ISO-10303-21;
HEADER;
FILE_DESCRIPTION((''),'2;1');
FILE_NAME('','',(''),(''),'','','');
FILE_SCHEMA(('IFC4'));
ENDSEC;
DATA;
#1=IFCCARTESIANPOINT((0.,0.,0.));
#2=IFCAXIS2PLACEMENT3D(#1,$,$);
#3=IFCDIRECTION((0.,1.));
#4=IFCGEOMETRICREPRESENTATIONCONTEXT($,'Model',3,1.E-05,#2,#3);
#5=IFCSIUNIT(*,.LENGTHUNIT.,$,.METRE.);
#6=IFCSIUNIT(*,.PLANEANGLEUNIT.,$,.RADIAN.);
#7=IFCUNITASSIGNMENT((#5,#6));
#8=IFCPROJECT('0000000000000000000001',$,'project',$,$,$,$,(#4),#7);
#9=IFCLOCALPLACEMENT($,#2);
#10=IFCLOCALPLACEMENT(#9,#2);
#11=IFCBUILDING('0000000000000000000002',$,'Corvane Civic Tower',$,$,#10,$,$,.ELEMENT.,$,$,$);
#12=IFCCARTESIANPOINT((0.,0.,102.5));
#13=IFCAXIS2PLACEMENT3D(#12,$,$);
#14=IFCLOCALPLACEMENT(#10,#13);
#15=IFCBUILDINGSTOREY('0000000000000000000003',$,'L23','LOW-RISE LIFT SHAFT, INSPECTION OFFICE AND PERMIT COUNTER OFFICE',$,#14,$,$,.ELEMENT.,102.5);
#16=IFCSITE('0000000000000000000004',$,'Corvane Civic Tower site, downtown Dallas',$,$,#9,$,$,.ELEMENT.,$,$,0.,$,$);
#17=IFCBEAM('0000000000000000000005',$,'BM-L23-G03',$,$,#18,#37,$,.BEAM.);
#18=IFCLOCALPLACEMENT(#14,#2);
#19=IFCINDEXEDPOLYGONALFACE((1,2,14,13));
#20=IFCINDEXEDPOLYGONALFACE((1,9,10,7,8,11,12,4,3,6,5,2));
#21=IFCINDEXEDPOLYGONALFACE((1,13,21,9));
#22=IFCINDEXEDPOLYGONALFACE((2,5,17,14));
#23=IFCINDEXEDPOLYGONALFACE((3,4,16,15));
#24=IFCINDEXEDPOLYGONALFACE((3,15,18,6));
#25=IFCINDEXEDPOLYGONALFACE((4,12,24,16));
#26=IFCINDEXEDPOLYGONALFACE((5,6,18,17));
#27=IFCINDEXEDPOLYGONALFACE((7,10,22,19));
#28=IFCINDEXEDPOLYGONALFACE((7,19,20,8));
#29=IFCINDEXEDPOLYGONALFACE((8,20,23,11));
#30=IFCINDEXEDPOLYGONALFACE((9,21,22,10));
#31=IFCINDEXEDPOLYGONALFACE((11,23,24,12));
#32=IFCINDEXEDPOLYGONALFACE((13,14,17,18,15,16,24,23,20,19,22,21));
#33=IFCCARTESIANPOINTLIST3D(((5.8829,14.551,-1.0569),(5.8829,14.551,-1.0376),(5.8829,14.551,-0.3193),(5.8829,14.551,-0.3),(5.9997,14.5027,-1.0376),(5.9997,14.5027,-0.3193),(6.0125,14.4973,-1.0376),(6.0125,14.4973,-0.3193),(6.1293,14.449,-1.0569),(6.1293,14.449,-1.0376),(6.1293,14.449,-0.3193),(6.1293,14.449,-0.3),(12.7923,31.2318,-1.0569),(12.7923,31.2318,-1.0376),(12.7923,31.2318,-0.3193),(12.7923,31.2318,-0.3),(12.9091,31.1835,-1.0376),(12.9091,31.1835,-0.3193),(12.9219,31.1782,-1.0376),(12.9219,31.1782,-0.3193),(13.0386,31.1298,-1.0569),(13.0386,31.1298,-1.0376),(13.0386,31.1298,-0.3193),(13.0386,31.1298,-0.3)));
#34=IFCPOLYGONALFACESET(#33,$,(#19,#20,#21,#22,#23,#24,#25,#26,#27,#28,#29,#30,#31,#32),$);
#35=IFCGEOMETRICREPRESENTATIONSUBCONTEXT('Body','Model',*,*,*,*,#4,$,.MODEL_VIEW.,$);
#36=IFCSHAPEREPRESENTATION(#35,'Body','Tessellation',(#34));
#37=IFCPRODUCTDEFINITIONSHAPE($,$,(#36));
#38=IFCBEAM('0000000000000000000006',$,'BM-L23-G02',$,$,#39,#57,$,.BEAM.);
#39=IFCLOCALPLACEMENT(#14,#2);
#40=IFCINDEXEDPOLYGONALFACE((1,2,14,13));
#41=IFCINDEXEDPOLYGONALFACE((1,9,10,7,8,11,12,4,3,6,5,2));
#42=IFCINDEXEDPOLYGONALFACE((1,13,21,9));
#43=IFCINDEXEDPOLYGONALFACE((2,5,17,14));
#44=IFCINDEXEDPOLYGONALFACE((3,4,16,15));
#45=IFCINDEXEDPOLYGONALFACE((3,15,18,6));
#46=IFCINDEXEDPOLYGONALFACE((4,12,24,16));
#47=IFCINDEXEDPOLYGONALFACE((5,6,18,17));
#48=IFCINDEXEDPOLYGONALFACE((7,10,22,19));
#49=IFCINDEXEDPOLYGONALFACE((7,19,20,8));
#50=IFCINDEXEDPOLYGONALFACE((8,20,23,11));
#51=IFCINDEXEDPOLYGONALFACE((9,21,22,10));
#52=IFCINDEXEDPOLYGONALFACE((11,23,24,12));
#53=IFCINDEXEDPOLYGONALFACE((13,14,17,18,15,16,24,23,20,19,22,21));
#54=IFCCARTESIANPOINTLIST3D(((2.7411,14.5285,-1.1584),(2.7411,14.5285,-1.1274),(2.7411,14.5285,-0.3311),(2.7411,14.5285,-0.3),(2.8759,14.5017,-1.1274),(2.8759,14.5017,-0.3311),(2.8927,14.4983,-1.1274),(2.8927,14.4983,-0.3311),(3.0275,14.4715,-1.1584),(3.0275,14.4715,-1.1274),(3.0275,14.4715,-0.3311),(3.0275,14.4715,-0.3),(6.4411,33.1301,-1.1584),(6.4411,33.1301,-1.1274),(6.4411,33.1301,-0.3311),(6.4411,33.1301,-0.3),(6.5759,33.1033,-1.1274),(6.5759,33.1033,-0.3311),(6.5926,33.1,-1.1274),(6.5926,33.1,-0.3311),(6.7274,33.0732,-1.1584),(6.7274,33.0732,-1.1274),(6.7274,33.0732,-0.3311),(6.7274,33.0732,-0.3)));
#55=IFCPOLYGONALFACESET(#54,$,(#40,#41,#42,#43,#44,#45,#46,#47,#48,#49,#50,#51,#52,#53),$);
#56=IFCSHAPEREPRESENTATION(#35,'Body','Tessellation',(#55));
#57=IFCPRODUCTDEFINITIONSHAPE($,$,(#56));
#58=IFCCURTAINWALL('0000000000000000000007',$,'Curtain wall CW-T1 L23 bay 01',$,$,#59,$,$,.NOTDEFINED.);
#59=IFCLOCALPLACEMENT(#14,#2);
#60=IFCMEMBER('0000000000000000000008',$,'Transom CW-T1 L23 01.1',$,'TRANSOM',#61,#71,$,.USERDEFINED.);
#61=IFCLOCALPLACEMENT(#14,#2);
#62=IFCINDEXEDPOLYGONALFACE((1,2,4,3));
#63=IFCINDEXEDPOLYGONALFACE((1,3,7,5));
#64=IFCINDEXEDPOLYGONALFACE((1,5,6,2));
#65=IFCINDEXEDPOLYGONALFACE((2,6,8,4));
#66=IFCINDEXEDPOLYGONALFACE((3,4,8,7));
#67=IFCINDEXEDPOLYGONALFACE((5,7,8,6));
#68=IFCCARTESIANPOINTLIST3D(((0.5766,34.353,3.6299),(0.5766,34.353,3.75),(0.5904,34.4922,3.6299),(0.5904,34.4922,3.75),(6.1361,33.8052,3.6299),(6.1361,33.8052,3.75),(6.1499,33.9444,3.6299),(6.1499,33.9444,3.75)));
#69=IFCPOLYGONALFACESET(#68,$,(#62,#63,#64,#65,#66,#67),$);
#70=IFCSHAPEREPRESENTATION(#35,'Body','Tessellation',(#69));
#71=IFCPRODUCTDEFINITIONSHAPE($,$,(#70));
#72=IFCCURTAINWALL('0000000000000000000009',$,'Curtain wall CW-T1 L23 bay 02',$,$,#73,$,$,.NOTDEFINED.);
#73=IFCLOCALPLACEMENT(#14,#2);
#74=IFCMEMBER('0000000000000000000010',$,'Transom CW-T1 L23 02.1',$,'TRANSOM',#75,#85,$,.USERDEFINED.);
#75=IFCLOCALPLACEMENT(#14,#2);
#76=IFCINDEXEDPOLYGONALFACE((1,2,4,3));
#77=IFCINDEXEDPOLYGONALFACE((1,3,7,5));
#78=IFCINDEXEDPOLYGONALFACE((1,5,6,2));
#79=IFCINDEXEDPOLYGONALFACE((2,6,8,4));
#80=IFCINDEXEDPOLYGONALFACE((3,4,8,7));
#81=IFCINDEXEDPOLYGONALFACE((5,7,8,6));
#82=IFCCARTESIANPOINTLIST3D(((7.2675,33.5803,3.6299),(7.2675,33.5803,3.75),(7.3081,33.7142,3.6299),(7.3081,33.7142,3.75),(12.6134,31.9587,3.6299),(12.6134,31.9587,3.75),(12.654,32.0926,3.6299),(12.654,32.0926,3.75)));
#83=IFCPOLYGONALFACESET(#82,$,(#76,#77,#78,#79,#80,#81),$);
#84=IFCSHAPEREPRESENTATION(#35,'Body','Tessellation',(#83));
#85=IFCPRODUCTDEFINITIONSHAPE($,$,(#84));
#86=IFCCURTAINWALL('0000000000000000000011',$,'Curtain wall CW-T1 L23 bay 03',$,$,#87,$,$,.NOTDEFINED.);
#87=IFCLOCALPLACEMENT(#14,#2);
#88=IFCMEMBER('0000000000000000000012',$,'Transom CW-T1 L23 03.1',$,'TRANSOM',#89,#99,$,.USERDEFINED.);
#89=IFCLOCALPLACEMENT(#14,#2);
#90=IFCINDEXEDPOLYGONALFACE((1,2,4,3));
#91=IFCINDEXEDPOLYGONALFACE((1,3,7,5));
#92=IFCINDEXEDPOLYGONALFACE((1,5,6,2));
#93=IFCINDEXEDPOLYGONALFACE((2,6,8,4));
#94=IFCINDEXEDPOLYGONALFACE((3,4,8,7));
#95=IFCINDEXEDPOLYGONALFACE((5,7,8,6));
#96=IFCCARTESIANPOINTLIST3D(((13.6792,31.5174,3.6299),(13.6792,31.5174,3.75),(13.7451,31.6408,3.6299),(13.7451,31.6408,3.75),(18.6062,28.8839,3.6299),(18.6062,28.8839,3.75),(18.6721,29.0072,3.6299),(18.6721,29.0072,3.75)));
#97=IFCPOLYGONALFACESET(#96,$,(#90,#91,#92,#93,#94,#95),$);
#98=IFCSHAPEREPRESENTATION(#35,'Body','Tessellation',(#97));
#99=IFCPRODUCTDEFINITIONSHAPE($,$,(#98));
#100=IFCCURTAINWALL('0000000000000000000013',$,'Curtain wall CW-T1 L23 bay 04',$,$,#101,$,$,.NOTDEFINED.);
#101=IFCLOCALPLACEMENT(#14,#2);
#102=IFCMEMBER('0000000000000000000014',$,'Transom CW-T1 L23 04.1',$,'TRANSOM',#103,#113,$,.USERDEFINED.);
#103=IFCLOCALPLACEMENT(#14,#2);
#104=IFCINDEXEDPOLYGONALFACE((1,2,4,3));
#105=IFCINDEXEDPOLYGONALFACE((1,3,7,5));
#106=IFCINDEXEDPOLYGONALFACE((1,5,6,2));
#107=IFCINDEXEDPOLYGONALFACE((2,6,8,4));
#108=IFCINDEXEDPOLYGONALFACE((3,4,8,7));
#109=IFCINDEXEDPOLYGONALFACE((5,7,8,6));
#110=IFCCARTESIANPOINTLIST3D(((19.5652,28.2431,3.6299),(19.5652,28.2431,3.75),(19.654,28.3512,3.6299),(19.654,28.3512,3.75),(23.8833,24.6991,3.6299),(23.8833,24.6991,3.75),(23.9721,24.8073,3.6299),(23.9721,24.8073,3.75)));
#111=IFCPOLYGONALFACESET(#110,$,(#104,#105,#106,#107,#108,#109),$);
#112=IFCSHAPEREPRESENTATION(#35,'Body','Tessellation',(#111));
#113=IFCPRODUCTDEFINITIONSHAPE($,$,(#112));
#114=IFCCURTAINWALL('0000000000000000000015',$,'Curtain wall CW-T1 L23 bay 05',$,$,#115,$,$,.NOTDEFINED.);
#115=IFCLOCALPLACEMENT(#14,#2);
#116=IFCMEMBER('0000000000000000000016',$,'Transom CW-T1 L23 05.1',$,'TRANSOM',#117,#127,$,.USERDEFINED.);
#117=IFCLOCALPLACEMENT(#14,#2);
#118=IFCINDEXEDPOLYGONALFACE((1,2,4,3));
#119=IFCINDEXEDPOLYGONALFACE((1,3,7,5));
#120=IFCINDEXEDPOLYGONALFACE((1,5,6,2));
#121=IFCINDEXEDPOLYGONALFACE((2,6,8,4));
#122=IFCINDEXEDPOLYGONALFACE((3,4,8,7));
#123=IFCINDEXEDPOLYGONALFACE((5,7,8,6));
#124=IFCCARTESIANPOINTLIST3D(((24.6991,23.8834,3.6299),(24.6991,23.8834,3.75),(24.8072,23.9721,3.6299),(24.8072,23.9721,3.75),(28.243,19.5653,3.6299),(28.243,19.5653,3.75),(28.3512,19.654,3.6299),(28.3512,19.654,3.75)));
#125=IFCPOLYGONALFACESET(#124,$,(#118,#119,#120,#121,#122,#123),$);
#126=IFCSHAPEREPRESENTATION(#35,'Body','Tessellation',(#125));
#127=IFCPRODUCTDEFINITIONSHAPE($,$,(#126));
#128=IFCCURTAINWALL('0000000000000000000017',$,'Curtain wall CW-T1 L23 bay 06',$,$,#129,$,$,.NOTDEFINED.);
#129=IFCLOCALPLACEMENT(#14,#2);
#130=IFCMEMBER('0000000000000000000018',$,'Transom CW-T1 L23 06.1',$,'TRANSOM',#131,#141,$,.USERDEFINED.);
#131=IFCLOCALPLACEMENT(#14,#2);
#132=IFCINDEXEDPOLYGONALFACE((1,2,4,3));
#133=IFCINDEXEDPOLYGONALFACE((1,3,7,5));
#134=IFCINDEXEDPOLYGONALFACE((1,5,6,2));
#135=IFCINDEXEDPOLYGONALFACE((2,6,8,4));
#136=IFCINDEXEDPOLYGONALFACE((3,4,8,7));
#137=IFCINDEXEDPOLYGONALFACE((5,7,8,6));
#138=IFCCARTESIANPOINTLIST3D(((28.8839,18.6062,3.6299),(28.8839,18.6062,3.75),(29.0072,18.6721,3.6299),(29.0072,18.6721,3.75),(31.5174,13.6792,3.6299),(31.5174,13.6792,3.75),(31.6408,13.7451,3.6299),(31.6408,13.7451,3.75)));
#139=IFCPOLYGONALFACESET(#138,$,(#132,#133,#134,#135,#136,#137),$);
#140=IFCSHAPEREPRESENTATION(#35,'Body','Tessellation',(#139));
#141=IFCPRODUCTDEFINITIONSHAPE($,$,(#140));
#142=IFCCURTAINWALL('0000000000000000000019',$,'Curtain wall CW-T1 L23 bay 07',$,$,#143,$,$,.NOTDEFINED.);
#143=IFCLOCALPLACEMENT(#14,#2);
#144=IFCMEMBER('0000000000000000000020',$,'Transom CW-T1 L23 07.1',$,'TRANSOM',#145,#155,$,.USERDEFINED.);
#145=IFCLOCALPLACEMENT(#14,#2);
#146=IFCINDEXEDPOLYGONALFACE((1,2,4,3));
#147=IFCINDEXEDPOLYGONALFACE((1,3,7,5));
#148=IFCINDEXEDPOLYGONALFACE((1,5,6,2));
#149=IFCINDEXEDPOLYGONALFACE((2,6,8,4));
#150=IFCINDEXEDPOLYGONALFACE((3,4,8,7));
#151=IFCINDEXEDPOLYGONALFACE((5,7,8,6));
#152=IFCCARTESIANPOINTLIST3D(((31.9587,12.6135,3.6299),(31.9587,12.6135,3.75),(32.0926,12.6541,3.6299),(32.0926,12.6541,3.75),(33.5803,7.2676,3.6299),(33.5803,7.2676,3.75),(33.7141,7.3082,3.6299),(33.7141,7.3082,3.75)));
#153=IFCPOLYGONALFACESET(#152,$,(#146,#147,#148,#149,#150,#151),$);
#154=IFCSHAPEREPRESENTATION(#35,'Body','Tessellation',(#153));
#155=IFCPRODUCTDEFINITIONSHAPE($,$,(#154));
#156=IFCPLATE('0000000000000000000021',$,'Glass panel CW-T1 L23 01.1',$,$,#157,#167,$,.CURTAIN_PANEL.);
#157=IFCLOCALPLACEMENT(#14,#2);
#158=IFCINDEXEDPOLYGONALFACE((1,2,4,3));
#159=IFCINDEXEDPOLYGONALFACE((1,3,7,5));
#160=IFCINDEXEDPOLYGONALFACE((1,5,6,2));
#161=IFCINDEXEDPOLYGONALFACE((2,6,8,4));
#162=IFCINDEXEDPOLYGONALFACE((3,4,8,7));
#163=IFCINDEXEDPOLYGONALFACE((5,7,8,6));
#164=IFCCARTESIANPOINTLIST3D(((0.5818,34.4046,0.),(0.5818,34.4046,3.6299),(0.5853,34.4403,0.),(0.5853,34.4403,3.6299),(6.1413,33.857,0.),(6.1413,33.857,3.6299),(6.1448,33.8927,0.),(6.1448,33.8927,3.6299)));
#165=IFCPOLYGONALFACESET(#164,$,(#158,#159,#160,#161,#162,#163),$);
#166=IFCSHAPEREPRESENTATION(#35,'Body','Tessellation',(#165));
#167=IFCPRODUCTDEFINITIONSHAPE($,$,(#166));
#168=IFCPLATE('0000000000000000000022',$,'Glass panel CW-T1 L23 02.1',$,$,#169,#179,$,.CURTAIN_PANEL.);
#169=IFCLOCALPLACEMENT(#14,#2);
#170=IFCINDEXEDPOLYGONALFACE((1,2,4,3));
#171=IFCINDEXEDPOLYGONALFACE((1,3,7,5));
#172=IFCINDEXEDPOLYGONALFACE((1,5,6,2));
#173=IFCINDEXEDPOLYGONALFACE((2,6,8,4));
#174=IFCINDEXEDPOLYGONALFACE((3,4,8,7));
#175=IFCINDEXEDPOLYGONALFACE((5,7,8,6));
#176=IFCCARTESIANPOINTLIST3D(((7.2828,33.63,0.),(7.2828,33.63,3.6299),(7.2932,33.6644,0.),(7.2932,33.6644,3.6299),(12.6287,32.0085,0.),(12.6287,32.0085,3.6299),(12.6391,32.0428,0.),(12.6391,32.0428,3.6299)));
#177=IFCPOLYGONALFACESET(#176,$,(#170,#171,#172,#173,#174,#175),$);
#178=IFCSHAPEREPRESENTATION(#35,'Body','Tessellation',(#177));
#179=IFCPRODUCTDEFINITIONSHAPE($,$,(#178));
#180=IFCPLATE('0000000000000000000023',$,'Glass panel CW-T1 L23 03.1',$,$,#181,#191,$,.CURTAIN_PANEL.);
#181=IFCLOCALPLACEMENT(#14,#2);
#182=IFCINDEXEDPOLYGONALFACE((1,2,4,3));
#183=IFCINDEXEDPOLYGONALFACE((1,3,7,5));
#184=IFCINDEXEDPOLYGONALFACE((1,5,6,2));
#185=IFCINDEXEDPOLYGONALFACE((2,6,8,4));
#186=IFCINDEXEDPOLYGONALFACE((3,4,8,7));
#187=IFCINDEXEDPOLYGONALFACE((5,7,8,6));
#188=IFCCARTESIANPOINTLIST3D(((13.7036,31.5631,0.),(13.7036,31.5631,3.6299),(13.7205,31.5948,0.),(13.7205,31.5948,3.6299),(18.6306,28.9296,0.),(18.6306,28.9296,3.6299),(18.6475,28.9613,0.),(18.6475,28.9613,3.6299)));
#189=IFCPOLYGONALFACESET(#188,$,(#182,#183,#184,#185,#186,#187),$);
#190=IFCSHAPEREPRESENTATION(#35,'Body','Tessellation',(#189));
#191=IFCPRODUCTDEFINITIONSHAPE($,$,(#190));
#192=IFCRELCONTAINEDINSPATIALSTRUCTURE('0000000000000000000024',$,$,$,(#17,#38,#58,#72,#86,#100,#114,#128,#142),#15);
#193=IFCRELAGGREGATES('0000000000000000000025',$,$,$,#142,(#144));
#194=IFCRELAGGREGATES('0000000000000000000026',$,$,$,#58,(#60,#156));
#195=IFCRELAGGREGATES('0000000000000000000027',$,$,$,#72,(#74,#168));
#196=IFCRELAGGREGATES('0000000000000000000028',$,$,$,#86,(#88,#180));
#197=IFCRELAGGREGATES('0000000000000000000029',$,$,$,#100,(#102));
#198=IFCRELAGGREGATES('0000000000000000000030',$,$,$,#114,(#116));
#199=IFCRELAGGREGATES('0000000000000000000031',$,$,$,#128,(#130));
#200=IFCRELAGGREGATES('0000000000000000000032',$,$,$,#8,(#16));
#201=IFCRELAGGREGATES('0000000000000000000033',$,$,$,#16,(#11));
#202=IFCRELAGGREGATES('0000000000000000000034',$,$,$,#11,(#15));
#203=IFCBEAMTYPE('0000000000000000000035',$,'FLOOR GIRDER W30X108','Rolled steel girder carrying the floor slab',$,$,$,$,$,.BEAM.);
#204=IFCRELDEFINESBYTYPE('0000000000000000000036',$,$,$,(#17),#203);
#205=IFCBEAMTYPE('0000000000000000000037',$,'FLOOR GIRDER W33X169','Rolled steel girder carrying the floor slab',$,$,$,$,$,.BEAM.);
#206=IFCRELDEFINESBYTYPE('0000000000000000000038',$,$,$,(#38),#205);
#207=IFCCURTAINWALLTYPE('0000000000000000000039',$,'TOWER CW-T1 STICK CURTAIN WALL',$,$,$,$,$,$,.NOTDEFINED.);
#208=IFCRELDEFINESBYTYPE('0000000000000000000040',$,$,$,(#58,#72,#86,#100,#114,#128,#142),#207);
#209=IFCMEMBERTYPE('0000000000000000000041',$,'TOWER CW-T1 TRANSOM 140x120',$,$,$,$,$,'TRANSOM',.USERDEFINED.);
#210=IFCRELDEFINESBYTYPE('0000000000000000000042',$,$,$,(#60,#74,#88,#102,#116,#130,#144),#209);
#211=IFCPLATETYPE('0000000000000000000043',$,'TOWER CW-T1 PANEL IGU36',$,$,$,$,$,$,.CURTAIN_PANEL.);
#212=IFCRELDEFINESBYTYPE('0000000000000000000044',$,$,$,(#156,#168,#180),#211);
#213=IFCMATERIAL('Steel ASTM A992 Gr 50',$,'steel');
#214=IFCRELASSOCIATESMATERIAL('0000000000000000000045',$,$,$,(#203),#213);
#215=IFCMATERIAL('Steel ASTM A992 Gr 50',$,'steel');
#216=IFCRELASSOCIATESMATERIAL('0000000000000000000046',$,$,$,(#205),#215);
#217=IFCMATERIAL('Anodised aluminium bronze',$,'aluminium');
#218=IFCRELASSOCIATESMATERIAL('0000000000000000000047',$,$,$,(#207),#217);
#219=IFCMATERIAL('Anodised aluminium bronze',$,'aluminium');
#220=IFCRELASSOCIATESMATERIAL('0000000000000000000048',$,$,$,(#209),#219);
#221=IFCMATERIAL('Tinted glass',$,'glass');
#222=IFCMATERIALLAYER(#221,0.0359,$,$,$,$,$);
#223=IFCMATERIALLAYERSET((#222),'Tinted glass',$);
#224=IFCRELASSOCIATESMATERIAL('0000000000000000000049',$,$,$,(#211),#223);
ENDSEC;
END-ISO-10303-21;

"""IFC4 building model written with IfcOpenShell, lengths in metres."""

from ifc_helpers import new_model, si_unit, direction, frame, origin, origin_2d, place, context, subcontext, project, spatial, rectangle, i_section, extrude, material, layer, layer_set, material_profile, profile_set, type_object, element, aggregate, save


model = new_model("IFC4")

# Units and contexts
model_context = context("Model", 3, precision=1e-05, world=origin(), true_north=direction((0.0, 1.0)))
body_context = subcontext(model_context, "Body", "Model", "MODEL_VIEW")
ifc_project = project(units=[si_unit("LENGTHUNIT", "METRE"), si_unit("PLANEANGLEUNIT", "RADIAN")], contexts=[model_context])

# Site, building, storey
site_placement = place(None, origin())
site = spatial("IfcSite", under=ifc_project, at=site_placement, Name="Corvane Civic Tower site, downtown Dallas", CompositionType="ELEMENT", RefElevation=0.0)
building_placement = place(site_placement, origin())
building = spatial("IfcBuilding", under=site, at=building_placement, Name="Corvane Civic Tower", CompositionType="ELEMENT")
storey_placement = place(building_placement, frame((0.0, 0.0, 102.5)))
storey = spatial("IfcBuildingStorey", under=building, at=storey_placement, Name="L23", Description="LOW-RISE LIFT SHAFT, INSPECTION OFFICE AND PERMIT COUNTER OFFICE", CompositionType="ELEMENT", Elevation=102.5)

# Beams
ifc_material_1 = material(Name="Steel ASTM A992 Gr 50", Category="steel")
ifc_material_profile_1 = material_profile(ifc_material_1, i_section(OverallWidth=0.2666, OverallDepth=0.7568, WebThickness=0.0139, FlangeThickness=0.0193, at=origin_2d()), Name="W30X108")
ifc_profile_set_1 = profile_set([ifc_material_profile_1], Name="Steel ASTM A992 Gr 50")
beam_type_1 = type_object("IfcBeamType", Name="FLOOR GIRDER W30X108", Description="Rolled steel girder carrying the floor slab", PredefinedType="BEAM", material=ifc_profile_set_1)
beam_1_placement = place(storey_placement, frame((6.0061, 14.5, -0.6785), z_axis=(0.382682, 0.92388, 0.0), x_axis=(-0.92388, 0.382682, 0.0)))
element("IfcBeam", 1, at=beam_1_placement, inside=storey, type_object=beam_type_1, Name="BM-L23-G03", PredefinedType="BEAM", context=body_context, shape_type="SweptSolid", body=[
    extrude(i_section(OverallWidth=0.2666, OverallDepth=0.7568, WebThickness=0.0139, FlangeThickness=0.0193, at=origin_2d()), origin(), (0.0, 0.0, 1.0), 18.0552),
])
ifc_material_2 = material(Name="Steel ASTM A992 Gr 50", Category="steel")
ifc_material_profile_2 = material_profile(ifc_material_2, i_section(OverallWidth=0.292, OverallDepth=0.8584, WebThickness=0.0171, FlangeThickness=0.031, at=origin_2d()), Name="W33X169")
ifc_profile_set_2 = profile_set([ifc_material_profile_2], Name="Steel ASTM A992 Gr 50")
beam_type_2 = type_object("IfcBeamType", Name="FLOOR GIRDER W33X169", Description="Rolled steel girder carrying the floor slab", PredefinedType="BEAM", material=ifc_profile_set_2)
beam_2_placement = place(storey_placement, frame((2.8843, 14.5, -0.7292), z_axis=(0.195084, 0.980787, 0.0), x_axis=(-0.980787, 0.195084, 0.0)))
element("IfcBeam", 2, at=beam_2_placement, inside=storey, type_object=beam_type_2, Name="BM-L23-G02", PredefinedType="BEAM", context=body_context, shape_type="SweptSolid", body=[
    extrude(i_section(OverallWidth=0.292, OverallDepth=0.8584, WebThickness=0.0171, FlangeThickness=0.031, at=origin_2d()), origin(), (0.0, 0.0, 1.0), 18.9661),
])

# Curtain walls, members
ifc_material_3 = material(Name="Anodised aluminium bronze", Category="aluminium")
curtain_wall_type = type_object("IfcCurtainWallType", Name="TOWER CW-T1 STICK CURTAIN WALL", PredefinedType="NOTDEFINED", material=ifc_material_3)
curtain_wall_1_placement = place(storey_placement, origin())
curtain_wall_1 = element("IfcCurtainWall", 3, at=curtain_wall_1_placement, inside=storey, type_object=curtain_wall_type, Name="Curtain wall CW-T1 L23 bay 01", PredefinedType="NOTDEFINED")
ifc_material_4 = material(Name="Anodised aluminium bronze", Category="aluminium")
ifc_material_profile_3 = material_profile(ifc_material_4, rectangle(XDim=0.1399, YDim=0.1201, at=origin_2d()), Name="TOWER CW-T1 TRANSOM 140x120")
ifc_profile_set_3 = profile_set([ifc_material_profile_3], Name="Anodised aluminium bronze")
member_type = type_object("IfcMemberType", Name="TOWER CW-T1 TRANSOM 140x120", ElementType="TRANSOM", PredefinedType="USERDEFINED", material=ifc_profile_set_3)
member_1_placement = place(storey_placement, frame((0.5835, 34.4226, 3.6899), z_axis=(0.99518, -0.098067, 0.0), x_axis=(0.098067, 0.99518, 0.0)))
member_1 = element("IfcMember", 4, at=member_1_placement, type_object=member_type, Name="Transom CW-T1 L23 01.1", ObjectType="TRANSOM", PredefinedType="USERDEFINED", context=body_context, shape_type="SweptSolid", body=[
    extrude(rectangle(XDim=0.1399, YDim=0.1201, at=origin_2d()), origin(), (0.0, 0.0, 1.0), 5.5864),
])
curtain_wall_2_placement = place(storey_placement, origin())
curtain_wall_2 = element("IfcCurtainWall", 5, at=curtain_wall_2_placement, inside=storey, type_object=curtain_wall_type, Name="Curtain wall CW-T1 L23 bay 02", PredefinedType="NOTDEFINED")
member_2_placement = place(storey_placement, frame((7.2878, 33.6472, 3.6899), z_axis=(0.956945, -0.290269, 0.0), x_axis=(0.290269, 0.956945, 0.0)))
member_2 = element("IfcMember", 6, at=member_2_placement, type_object=member_type, Name="Transom CW-T1 L23 02.1", ObjectType="TRANSOM", PredefinedType="USERDEFINED", context=body_context, shape_type="SweptSolid", body=[
    extrude(rectangle(XDim=0.1399, YDim=0.1201, at=origin_2d()), origin(), (0.0, 0.0, 1.0), 5.5864),
])
curtain_wall_3_placement = place(storey_placement, origin())
curtain_wall_3 = element("IfcCurtainWall", 7, at=curtain_wall_3_placement, inside=storey, type_object=curtain_wall_type, Name="Curtain wall CW-T1 L23 bay 03", PredefinedType="NOTDEFINED")
member_3_placement = place(storey_placement, frame((13.7122, 31.5791, 3.6899), z_axis=(0.881921, -0.471398, 0.0), x_axis=(0.471398, 0.881921, 0.0)))
member_3 = element("IfcMember", 8, at=member_3_placement, type_object=member_type, Name="Transom CW-T1 L23 03.1", ObjectType="TRANSOM", PredefinedType="USERDEFINED", context=body_context, shape_type="SweptSolid", body=[
    extrude(rectangle(XDim=0.1399, YDim=0.1201, at=origin_2d()), origin(), (0.0, 0.0, 1.0), 5.5867),
])
curtain_wall_4_placement = place(storey_placement, origin())
curtain_wall_4 = element("IfcCurtainWall", 9, at=curtain_wall_4_placement, inside=storey, type_object=curtain_wall_type, Name="Curtain wall CW-T1 L23 bay 04", PredefinedType="NOTDEFINED")
member_4_placement = place(storey_placement, frame((19.6096, 28.2971, 3.6899), z_axis=(0.772996, -0.63441, 0.0), x_axis=(0.63441, 0.772996, 0.0)))
member_4 = element("IfcMember", 10, at=member_4_placement, type_object=member_type, Name="Transom CW-T1 L23 04.1", ObjectType="TRANSOM", PredefinedType="USERDEFINED", context=body_context, shape_type="SweptSolid", body=[
    extrude(rectangle(XDim=0.1399, YDim=0.1201, at=origin_2d()), origin(), (0.0, 0.0, 1.0), 5.5862),
])
curtain_wall_5_placement = place(storey_placement, origin())
curtain_wall_5 = element("IfcCurtainWall", 11, at=curtain_wall_5_placement, inside=storey, type_object=curtain_wall_type, Name="Curtain wall CW-T1 L23 bay 05", PredefinedType="NOTDEFINED")
member_5_placement = place(storey_placement, frame((24.7532, 23.9277, 3.6899), z_axis=(0.63441, -0.772996, 0.0), x_axis=(0.772996, 0.63441, 0.0)))
member_5 = element("IfcMember", 12, at=member_5_placement, type_object=member_type, Name="Transom CW-T1 L23 05.1", ObjectType="TRANSOM", PredefinedType="USERDEFINED", context=body_context, shape_type="SweptSolid", body=[
    extrude(rectangle(XDim=0.1399, YDim=0.1201, at=origin_2d()), origin(), (0.0, 0.0, 1.0), 5.5862),
])
curtain_wall_6_placement = place(storey_placement, origin())
curtain_wall_6 = element("IfcCurtainWall", 13, at=curtain_wall_6_placement, inside=storey, type_object=curtain_wall_type, Name="Curtain wall CW-T1 L23 bay 06", PredefinedType="NOTDEFINED")
member_6_placement = place(storey_placement, frame((28.9456, 18.6392, 3.6899), z_axis=(0.471398, -0.881921, 0.0), x_axis=(0.881921, 0.471398, 0.0)))
member_6 = element("IfcMember", 14, at=member_6_placement, type_object=member_type, Name="Transom CW-T1 L23 06.1", ObjectType="TRANSOM", PredefinedType="USERDEFINED", context=body_context, shape_type="SweptSolid", body=[
    extrude(rectangle(XDim=0.1399, YDim=0.1201, at=origin_2d()), origin(), (0.0, 0.0, 1.0), 5.5867),
])
curtain_wall_7_placement = place(storey_placement, origin())
curtain_wall_7 = element("IfcCurtainWall", 15, at=curtain_wall_7_placement, inside=storey, type_object=curtain_wall_type, Name="Curtain wall CW-T1 L23 bay 07", PredefinedType="NOTDEFINED")
member_7_placement = place(storey_placement, frame((32.0256, 12.6338, 3.6899), z_axis=(0.290269, -0.956945, 0.0), x_axis=(0.956945, 0.290269, 0.0)))
member_7 = element("IfcMember", 16, at=member_7_placement, type_object=member_type, Name="Transom CW-T1 L23 07.1", ObjectType="TRANSOM", PredefinedType="USERDEFINED", context=body_context, shape_type="SweptSolid", body=[
    extrude(rectangle(XDim=0.1399, YDim=0.1201, at=origin_2d()), origin(), (0.0, 0.0, 1.0), 5.5864),
])
aggregate(curtain_wall_7, [member_7])

# Plates
ifc_material_5 = material(Name="Tinted glass", Category="glass")
ifc_layer_1 = layer(ifc_material_5, 0.0359)
ifc_layer_set_1 = layer_set([ifc_layer_1], Name="Tinted glass")
plate_type = type_object("IfcPlateType", Name="TOWER CW-T1 PANEL IGU36", PredefinedType="CURTAIN_PANEL", material=ifc_layer_set_1)
plate_1_placement = place(storey_placement, frame((3.3633, 34.1487, 0.0), z_axis=(0.0, 0.0, 1.0), x_axis=(0.995184, -0.098027, 0.0)))
plate_1 = element("IfcPlate", 17, at=plate_1_placement, type_object=plate_type, Name="Glass panel CW-T1 L23 01.1", PredefinedType="CURTAIN_PANEL", context=body_context, shape_type="SweptSolid", body=[
    extrude(rectangle(XDim=5.5864, YDim=0.0359, at=origin_2d()), origin(), (0.0, 0.0, 1.0), 3.6299),
])
aggregate(curtain_wall_1, [member_1, plate_1])
plate_2_placement = place(storey_placement, frame((9.9609, 32.8364, 0.0), z_axis=(0.0, 0.0, 1.0), x_axis=(0.956946, -0.290266, 0.0)))
plate_2 = element("IfcPlate", 18, at=plate_2_placement, type_object=plate_type, Name="Glass panel CW-T1 L23 02.1", PredefinedType="CURTAIN_PANEL", context=body_context, shape_type="SweptSolid", body=[
    extrude(rectangle(XDim=5.5864, YDim=0.0359, at=origin_2d()), origin(), (0.0, 0.0, 1.0), 3.6299),
])
aggregate(curtain_wall_2, [member_2, plate_2])
plate_3_placement = place(storey_placement, frame((16.1755, 30.2622, 0.0), z_axis=(0.0, 0.0, 1.0), x_axis=(0.881924, -0.471392, 0.0)))
plate_3 = element("IfcPlate", 19, at=plate_3_placement, type_object=plate_type, Name="Glass panel CW-T1 L23 03.1", PredefinedType="CURTAIN_PANEL", context=body_context, shape_type="SweptSolid", body=[
    extrude(rectangle(XDim=5.5867, YDim=0.0359, at=origin_2d()), origin(), (0.0, 0.0, 1.0), 3.6299),
])
aggregate(curtain_wall_3, [member_3, plate_3])
aggregate(curtain_wall_4, [member_4])
aggregate(curtain_wall_5, [member_5])
aggregate(curtain_wall_6, [member_6])

save(model, "model.ifc")
